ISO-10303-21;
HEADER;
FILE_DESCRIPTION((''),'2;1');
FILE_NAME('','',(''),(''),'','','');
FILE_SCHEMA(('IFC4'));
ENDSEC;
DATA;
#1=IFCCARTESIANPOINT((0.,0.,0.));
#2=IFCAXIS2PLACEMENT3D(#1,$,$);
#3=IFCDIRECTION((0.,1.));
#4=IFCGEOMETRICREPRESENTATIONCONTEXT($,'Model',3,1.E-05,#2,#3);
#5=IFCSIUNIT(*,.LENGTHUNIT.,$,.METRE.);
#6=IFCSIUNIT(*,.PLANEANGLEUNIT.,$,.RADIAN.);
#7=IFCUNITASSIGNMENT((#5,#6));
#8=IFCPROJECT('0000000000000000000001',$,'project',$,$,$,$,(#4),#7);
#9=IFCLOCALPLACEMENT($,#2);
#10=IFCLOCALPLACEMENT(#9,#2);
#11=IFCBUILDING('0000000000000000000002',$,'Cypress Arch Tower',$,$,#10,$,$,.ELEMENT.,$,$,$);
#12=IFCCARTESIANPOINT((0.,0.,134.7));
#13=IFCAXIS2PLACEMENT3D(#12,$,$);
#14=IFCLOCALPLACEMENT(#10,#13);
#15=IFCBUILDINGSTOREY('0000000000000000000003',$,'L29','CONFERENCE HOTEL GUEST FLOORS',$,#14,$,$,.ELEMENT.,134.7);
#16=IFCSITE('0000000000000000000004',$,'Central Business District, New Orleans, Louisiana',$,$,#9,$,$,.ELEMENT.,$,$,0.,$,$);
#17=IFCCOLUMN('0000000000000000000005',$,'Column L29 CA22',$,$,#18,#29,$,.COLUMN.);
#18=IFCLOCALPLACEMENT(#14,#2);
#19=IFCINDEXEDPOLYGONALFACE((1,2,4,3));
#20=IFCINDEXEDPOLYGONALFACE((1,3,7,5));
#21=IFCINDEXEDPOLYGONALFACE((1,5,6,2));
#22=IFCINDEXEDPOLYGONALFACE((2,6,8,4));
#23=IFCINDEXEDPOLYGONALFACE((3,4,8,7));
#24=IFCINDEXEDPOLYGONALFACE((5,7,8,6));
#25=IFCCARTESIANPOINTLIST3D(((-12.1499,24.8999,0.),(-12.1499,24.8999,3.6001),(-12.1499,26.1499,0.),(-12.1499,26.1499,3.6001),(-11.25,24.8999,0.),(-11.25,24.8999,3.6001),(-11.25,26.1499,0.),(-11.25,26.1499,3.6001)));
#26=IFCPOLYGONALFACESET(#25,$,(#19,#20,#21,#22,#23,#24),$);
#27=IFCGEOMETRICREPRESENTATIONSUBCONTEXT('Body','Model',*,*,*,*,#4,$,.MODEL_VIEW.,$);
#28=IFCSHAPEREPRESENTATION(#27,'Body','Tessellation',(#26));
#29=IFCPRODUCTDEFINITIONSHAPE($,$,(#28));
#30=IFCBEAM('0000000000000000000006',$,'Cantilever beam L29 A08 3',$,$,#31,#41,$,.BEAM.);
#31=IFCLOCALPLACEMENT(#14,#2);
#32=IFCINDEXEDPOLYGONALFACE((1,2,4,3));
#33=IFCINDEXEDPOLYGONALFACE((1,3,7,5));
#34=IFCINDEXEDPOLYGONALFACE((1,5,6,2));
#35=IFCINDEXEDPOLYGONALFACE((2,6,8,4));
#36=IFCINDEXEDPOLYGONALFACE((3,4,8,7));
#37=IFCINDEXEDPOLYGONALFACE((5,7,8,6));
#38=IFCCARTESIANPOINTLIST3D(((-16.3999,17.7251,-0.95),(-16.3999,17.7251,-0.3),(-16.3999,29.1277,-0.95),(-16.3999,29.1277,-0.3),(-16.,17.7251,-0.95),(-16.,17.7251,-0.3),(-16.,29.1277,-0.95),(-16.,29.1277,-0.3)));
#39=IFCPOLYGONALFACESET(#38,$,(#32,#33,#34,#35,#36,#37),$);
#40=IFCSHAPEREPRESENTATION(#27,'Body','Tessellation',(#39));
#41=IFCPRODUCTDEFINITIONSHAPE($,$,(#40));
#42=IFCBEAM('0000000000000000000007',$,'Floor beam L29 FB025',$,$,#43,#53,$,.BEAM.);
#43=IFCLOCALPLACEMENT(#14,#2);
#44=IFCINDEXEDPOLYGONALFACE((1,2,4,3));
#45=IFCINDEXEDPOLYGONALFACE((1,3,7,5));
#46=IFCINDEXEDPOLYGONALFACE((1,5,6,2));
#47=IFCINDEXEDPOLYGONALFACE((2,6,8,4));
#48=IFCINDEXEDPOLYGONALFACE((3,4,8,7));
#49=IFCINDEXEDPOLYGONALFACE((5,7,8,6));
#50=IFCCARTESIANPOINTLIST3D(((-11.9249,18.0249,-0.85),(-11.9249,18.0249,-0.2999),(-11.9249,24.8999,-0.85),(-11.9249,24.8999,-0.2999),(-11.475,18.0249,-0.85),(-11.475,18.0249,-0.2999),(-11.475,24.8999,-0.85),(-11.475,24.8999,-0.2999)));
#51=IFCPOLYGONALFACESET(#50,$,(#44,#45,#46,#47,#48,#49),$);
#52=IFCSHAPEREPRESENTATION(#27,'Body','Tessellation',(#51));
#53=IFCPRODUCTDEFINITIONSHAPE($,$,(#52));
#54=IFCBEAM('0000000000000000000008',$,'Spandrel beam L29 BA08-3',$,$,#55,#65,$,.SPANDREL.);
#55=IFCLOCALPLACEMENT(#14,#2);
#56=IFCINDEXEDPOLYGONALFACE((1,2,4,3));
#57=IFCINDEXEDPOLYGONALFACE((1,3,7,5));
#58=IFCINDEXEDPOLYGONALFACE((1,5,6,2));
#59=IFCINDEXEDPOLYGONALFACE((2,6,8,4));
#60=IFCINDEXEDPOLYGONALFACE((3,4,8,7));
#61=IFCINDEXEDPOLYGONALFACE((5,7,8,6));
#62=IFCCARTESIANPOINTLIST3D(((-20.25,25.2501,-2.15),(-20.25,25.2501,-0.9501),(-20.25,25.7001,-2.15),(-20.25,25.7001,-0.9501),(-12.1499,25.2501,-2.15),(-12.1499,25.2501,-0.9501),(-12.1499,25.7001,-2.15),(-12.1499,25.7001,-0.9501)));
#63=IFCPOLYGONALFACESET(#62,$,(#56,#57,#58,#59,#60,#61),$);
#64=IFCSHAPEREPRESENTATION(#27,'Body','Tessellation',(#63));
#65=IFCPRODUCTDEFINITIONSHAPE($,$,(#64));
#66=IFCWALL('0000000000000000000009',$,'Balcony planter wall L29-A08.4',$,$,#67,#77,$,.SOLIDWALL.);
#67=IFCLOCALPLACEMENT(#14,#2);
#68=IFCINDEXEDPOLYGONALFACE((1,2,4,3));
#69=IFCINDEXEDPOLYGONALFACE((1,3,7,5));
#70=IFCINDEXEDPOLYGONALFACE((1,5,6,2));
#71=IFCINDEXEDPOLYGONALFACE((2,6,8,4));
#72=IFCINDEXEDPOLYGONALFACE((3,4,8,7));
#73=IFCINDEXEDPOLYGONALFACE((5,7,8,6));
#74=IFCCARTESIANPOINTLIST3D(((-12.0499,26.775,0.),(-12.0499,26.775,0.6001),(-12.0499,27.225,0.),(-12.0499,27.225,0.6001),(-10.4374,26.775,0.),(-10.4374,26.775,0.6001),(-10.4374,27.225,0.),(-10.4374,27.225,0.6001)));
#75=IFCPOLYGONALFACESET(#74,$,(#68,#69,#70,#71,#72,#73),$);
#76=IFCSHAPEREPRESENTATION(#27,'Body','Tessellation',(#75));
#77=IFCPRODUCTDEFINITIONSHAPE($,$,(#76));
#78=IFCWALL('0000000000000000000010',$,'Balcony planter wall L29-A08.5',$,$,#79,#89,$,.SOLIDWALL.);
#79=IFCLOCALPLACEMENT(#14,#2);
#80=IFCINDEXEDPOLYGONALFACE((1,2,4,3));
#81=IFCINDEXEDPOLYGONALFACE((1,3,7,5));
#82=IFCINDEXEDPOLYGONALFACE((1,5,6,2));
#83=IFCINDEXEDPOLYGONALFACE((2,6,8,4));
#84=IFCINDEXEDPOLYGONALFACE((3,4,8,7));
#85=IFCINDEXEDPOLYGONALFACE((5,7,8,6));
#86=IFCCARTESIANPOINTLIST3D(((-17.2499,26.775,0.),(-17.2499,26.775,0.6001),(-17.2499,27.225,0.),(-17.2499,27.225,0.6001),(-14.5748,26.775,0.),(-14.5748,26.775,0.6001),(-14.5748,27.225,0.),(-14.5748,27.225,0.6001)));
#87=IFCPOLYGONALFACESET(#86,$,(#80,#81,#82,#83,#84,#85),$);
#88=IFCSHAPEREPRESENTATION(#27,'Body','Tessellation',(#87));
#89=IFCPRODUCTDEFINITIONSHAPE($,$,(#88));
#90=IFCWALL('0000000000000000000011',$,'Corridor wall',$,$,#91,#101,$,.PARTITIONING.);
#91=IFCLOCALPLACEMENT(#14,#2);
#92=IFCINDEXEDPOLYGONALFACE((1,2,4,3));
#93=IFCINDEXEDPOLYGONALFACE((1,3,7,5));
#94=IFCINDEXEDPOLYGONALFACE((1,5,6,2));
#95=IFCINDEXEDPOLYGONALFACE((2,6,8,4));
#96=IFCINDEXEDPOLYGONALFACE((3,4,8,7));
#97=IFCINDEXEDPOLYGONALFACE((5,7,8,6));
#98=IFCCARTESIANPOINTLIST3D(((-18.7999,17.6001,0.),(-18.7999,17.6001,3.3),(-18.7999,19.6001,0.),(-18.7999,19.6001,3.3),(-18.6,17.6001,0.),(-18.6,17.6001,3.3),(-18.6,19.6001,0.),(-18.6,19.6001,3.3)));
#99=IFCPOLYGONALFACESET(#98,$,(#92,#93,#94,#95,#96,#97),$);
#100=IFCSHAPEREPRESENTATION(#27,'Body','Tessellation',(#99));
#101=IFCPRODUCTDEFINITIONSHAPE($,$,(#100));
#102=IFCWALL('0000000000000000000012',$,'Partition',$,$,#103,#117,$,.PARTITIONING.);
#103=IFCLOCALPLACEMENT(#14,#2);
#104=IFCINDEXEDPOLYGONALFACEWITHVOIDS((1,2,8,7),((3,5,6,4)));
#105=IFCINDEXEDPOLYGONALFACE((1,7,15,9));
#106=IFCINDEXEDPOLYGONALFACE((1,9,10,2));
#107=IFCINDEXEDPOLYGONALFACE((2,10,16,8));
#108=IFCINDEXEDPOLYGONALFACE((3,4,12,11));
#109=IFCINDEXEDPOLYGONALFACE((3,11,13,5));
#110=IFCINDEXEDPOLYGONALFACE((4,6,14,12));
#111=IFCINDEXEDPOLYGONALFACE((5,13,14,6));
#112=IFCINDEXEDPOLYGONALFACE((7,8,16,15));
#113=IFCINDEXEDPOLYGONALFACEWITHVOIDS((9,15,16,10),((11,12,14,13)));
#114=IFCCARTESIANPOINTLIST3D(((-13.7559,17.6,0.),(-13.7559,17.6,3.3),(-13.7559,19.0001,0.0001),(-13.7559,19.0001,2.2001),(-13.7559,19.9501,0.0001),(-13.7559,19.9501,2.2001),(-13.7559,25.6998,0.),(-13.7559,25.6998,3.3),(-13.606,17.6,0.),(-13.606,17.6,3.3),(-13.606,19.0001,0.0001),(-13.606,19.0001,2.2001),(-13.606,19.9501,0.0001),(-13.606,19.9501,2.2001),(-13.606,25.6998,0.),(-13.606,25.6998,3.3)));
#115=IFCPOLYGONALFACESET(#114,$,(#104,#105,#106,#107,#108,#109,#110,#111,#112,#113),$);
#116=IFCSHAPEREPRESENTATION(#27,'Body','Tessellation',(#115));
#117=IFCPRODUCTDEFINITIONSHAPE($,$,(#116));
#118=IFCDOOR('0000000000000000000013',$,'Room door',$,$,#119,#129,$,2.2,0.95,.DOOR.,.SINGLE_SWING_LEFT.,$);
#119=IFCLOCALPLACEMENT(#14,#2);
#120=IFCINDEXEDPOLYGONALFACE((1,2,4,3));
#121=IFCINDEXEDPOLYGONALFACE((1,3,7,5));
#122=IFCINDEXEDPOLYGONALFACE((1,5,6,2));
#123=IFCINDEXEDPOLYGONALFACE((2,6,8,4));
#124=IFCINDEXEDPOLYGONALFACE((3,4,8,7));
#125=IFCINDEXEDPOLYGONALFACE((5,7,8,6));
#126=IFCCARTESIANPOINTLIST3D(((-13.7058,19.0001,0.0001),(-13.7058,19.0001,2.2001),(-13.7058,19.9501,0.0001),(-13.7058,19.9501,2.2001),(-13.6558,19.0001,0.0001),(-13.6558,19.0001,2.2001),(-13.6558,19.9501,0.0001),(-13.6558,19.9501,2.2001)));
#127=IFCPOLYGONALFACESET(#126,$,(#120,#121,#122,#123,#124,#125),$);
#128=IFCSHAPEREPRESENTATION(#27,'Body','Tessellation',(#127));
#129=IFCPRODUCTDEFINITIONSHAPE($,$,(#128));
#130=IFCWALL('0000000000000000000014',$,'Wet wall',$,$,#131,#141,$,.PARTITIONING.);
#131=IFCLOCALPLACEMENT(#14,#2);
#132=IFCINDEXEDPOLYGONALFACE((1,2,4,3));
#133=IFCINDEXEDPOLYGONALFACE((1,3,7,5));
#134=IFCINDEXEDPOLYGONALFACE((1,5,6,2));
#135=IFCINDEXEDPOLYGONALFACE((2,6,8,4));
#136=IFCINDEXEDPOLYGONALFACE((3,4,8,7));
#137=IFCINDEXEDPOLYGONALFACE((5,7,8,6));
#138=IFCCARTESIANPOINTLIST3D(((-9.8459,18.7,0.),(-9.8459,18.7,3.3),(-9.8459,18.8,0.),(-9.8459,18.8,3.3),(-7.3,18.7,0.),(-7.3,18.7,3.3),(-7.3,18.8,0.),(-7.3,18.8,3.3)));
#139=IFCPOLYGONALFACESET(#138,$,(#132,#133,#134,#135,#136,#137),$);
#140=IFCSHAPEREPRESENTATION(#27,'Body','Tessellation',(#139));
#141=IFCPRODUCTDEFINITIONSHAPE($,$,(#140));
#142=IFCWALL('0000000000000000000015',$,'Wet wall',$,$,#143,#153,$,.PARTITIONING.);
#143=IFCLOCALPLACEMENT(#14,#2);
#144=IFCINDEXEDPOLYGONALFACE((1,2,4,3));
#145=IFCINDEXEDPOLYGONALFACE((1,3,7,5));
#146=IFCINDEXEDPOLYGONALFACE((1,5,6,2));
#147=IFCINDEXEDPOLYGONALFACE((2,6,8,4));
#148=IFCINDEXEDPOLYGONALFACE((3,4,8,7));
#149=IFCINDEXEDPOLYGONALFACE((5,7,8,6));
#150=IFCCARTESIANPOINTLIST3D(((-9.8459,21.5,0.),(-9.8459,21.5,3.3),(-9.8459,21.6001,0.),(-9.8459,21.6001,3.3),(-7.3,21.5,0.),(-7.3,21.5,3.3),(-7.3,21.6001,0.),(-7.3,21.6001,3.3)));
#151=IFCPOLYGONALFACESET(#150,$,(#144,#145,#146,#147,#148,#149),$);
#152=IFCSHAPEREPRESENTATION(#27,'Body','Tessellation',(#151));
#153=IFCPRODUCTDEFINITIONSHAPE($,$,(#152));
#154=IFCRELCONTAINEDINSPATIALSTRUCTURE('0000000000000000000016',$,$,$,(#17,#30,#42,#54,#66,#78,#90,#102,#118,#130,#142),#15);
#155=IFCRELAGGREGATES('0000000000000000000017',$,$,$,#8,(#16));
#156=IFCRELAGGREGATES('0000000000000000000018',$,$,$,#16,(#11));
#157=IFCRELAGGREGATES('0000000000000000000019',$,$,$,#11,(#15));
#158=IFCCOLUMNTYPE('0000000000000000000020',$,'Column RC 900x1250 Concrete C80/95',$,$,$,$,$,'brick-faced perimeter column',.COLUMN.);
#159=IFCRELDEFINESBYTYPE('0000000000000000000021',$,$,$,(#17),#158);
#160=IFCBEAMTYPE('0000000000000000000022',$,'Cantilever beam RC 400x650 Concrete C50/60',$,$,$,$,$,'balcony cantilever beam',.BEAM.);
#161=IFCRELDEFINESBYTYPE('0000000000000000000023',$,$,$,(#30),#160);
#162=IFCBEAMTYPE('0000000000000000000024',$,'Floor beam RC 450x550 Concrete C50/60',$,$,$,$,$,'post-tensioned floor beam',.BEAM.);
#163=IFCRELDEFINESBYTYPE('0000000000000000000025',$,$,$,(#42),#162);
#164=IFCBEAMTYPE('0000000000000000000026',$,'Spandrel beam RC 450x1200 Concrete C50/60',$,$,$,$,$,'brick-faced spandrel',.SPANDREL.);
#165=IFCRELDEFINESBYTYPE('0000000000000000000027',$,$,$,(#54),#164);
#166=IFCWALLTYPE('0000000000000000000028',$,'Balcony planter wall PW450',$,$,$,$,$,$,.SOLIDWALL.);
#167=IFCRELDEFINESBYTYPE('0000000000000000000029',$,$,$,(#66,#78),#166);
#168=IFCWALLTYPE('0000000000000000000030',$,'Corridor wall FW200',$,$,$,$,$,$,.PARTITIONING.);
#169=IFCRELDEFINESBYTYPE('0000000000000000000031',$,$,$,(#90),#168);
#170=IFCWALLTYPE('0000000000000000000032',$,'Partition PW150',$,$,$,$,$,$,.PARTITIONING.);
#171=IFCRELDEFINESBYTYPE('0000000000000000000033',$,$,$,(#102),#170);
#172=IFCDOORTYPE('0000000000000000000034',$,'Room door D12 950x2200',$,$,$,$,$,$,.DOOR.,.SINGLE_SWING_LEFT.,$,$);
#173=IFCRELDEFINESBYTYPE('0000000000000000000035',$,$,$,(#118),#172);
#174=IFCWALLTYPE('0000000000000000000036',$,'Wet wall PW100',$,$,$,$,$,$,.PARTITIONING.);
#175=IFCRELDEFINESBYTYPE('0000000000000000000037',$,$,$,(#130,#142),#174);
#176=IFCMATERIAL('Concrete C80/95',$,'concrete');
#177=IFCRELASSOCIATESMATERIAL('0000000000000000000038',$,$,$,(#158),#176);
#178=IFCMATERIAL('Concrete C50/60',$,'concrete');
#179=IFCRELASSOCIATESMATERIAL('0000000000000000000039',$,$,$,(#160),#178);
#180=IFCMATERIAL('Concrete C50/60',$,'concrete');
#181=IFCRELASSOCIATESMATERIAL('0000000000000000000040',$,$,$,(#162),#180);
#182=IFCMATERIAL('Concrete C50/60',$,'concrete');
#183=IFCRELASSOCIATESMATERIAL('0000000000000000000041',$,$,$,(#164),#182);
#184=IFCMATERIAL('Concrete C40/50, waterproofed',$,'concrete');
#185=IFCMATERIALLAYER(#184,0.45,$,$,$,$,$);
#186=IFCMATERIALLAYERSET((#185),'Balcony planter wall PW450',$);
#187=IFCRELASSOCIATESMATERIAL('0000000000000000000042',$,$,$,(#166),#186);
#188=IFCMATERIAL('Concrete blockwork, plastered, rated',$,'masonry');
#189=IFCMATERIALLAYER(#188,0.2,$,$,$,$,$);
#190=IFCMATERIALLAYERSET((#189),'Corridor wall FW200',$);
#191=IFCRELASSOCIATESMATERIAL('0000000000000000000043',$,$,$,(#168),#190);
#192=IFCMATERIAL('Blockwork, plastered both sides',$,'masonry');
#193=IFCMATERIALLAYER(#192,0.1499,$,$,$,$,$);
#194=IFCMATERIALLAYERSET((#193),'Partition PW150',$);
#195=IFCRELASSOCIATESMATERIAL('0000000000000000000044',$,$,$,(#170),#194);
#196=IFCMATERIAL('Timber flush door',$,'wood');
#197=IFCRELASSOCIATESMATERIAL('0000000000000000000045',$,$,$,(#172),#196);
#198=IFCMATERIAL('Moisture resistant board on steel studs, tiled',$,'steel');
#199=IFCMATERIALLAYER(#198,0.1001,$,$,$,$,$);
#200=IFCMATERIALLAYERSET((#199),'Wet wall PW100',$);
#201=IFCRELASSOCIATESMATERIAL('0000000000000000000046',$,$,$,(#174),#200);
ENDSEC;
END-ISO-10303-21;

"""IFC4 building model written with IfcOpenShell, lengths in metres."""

from ifc_helpers import new_model, si_unit, direction, frame, frame_2d, origin, origin_2d, place, context, subcontext, project, spatial, rectangle, extrude, material, layer, layer_set, material_profile, profile_set, type_object, element, fill, save


model = new_model("IFC4")

# Units and contexts
model_context = context("Model", 3, precision=1e-05, world=origin(), true_north=direction((0.0, 1.0)))
body_context = subcontext(model_context, "Body", "Model", "MODEL_VIEW")
ifc_project = project(units=[si_unit("LENGTHUNIT", "METRE"), si_unit("PLANEANGLEUNIT", "RADIAN")], contexts=[model_context])

# Site, building, storey
site_placement = place(None, origin())
site = spatial("IfcSite", under=ifc_project, at=site_placement, Name="Central Business District, New Orleans, Louisiana", CompositionType="ELEMENT", RefElevation=0.0)
building_placement = place(site_placement, origin())
building = spatial("IfcBuilding", under=site, at=building_placement, Name="Cypress Arch Tower", CompositionType="ELEMENT")
storey_placement = place(building_placement, frame((0.0, 0.0, 134.7)))
storey = spatial("IfcBuildingStorey", under=building, at=storey_placement, Name="L29", Description="CONFERENCE HOTEL GUEST FLOORS", CompositionType="ELEMENT", Elevation=134.7)

# Column
ifc_material_1 = material(Name="Concrete C80/95", Category="concrete")
ifc_material_profile_1 = material_profile(ifc_material_1, rectangle(XDim=0.8999, YDim=1.25, at=origin_2d()), Name="RC 900x1250")
ifc_profile_set_1 = profile_set([ifc_material_profile_1], Name="Concrete C80/95")
column_type = type_object("IfcColumnType", Name="Column RC 900x1250 Concrete C80/95", ElementType="brick-faced perimeter column", PredefinedType="COLUMN", material=ifc_profile_set_1)
column_placement = place(storey_placement, frame((-11.7, 25.5249, 0.0), z_axis=(0.0, 0.0, 1.0), x_axis=(-1.0, 0.0, 0.0)))
element("IfcColumn", 1, at=column_placement, inside=storey, type_object=column_type, Name="Column L29 CA22", PredefinedType="COLUMN", context=body_context, shape_type="SweptSolid", body=[
    extrude(rectangle(XDim=0.8999, YDim=1.25, at=origin_2d()), origin(), (0.0, 0.0, 1.0), 3.6001),
])

# Beams
ifc_material_2 = material(Name="Concrete C50/60", Category="concrete")
ifc_material_profile_2 = material_profile(ifc_material_2, rectangle(XDim=0.3999, YDim=0.6499, at=origin_2d()), Name="RC 400x650")
ifc_profile_set_2 = profile_set([ifc_material_profile_2], Name="Concrete C50/60")
beam_type_1 = type_object("IfcBeamType", Name="Cantilever beam RC 400x650 Concrete C50/60", ElementType="balcony cantilever beam", PredefinedType="BEAM", material=ifc_profile_set_2)
beam_1_placement = place(storey_placement, frame((-16.2, 17.7251, -0.625), z_axis=(0.0, 1.0, 0.0), x_axis=(-1.0, 0.0, 0.0)))
element("IfcBeam", 2, at=beam_1_placement, inside=storey, type_object=beam_type_1, Name="Cantilever beam L29 A08 3", PredefinedType="BEAM", context=body_context, shape_type="SweptSolid", body=[
    extrude(rectangle(XDim=0.3999, YDim=0.6499, at=origin_2d()), origin(), (0.0, 0.0, 1.0), 11.4026),
])
ifc_material_3 = material(Name="Concrete C50/60", Category="concrete")
ifc_material_profile_3 = material_profile(ifc_material_3, rectangle(XDim=0.45, YDim=0.55, at=origin_2d()), Name="RC 450x550")
ifc_profile_set_3 = profile_set([ifc_material_profile_3], Name="Concrete C50/60")
beam_type_2 = type_object("IfcBeamType", Name="Floor beam RC 450x550 Concrete C50/60", ElementType="post-tensioned floor beam", PredefinedType="BEAM", material=ifc_profile_set_3)
beam_2_placement = place(storey_placement, frame((-11.7, 18.0249, -0.575), z_axis=(0.0, 1.0, 0.0), x_axis=(-1.0, 0.0, 0.0)))
element("IfcBeam", 3, at=beam_2_placement, inside=storey, type_object=beam_type_2, Name="Floor beam L29 FB025", PredefinedType="BEAM", context=body_context, shape_type="SweptSolid", body=[
    extrude(rectangle(XDim=0.45, YDim=0.55, at=origin_2d()), origin(), (0.0, 0.0, 1.0), 6.875),
])
ifc_material_4 = material(Name="Concrete C50/60", Category="concrete")
ifc_material_profile_4 = material_profile(ifc_material_4, rectangle(XDim=0.45, YDim=1.2, at=origin_2d()), Name="RC 450x1200")
ifc_profile_set_4 = profile_set([ifc_material_profile_4], Name="Concrete C50/60")
beam_type_3 = type_object("IfcBeamType", Name="Spandrel beam RC 450x1200 Concrete C50/60", ElementType="brick-faced spandrel", PredefinedType="SPANDREL", material=ifc_profile_set_4)
beam_3_placement = place(storey_placement, frame((-12.1499, 25.4751, -1.55), z_axis=(-1.0, 0.0, 0.0), x_axis=(0.0, -1.0, 0.0)))
element("IfcBeam", 4, at=beam_3_placement, inside=storey, type_object=beam_type_3, Name="Spandrel beam L29 BA08-3", PredefinedType="SPANDREL", context=body_context, shape_type="SweptSolid", body=[
    extrude(rectangle(XDim=0.45, YDim=1.2, at=origin_2d()), origin(), (0.0, 0.0, 1.0), 8.1001),
])

# Walls
ifc_material_5 = material(Name="Concrete C40/50, waterproofed", Category="concrete")
ifc_layer_1 = layer(ifc_material_5, 0.45)
ifc_layer_set_1 = layer_set([ifc_layer_1], Name="Balcony planter wall PW450")
wall_type_1 = type_object("IfcWallType", Name="Balcony planter wall PW450", PredefinedType="SOLIDWALL", material=ifc_layer_set_1)
wall_1_placement = place(storey_placement, frame((-10.4375, 27.0, 0.0), z_axis=(0.0, 0.0, 1.0), x_axis=(-1.0, 0.0, 0.0)))
element("IfcWall", 5, at=wall_1_placement, inside=storey, type_object=wall_type_1, Name="Balcony planter wall L29-A08.4", PredefinedType="SOLIDWALL", context=body_context, shape_type="SweptSolid", body=[
    extrude(rectangle(XDim=1.6125, YDim=0.45, at=frame_2d((0.8062, 0.0))), origin(), (0.0, 0.0, 1.0), 0.6001),
])
wall_2_placement = place(storey_placement, frame((-14.575, 27.0, 0.0), z_axis=(0.0, 0.0, 1.0), x_axis=(-1.0, 0.0, 0.0)))
element("IfcWall", 6, at=wall_2_placement, inside=storey, type_object=wall_type_1, Name="Balcony planter wall L29-A08.5", PredefinedType="SOLIDWALL", context=body_context, shape_type="SweptSolid", body=[
    extrude(rectangle(XDim=2.675, YDim=0.45, at=frame_2d((1.3374, 0.0))), origin(), (0.0, 0.0, 1.0), 0.6001),
])

# Wall
ifc_material_6 = material(Name="Concrete blockwork, plastered, rated", Category="masonry")
ifc_layer_2 = layer(ifc_material_6, 0.2)
ifc_layer_set_2 = layer_set([ifc_layer_2], Name="Corridor wall FW200")
wall_type_2 = type_object("IfcWallType", Name="Corridor wall FW200", PredefinedType="PARTITIONING", material=ifc_layer_set_2)
wall_3_placement = place(storey_placement, frame((-18.7, 17.6001, 0.0), z_axis=(0.0, 0.0, 1.0), x_axis=(0.0, 1.0, 0.0)))
element("IfcWall", 7, at=wall_3_placement, inside=storey, type_object=wall_type_2, Name="Corridor wall", PredefinedType="PARTITIONING", context=body_context, shape_type="SweptSolid", body=[
    extrude(rectangle(XDim=2.0, YDim=0.2, at=frame_2d((1.0, 0.0))), origin(), (0.0, 0.0, 1.0), 3.3),
])

# Wall, opening, door
ifc_material_7 = material(Name="Blockwork, plastered both sides", Category="masonry")
ifc_layer_3 = layer(ifc_material_7, 0.1499)
ifc_layer_set_3 = layer_set([ifc_layer_3], Name="Partition PW150")
wall_type_3 = type_object("IfcWallType", Name="Partition PW150", PredefinedType="PARTITIONING", material=ifc_layer_set_3)
wall_4_placement = place(storey_placement, frame((-13.6809, 17.6001, 0.0), z_axis=(0.0, 0.0, 1.0), x_axis=(0.0, 1.0, 0.0)))
wall_4 = element("IfcWall", 8, at=wall_4_placement, inside=storey, type_object=wall_type_3, Name="Partition", PredefinedType="PARTITIONING", context=body_context, shape_type="SweptSolid", body=[
    extrude(rectangle(XDim=8.0999, YDim=0.1499, at=frame_2d((4.0498, 0.0))), origin(), (0.0, 0.0, 1.0), 3.3),
])
opening_1_placement = place(wall_4_placement, frame((1.3999, 0.0, 0.0)))
opening_1 = element("IfcOpeningElement", 9, at=opening_1_placement, cuts=wall_4, PredefinedType="OPENING", context=body_context, shape_type="SweptSolid", body=[
    extrude(rectangle(XDim=0.95, YDim=2.2, at=frame_2d((0.4751, 1.1001))), frame((0.0, 0.085, 0.0), z_axis=(0.0, -1.0, 0.0), x_axis=(1.0, 0.0, 0.0)), (0.0, 0.0, 1.0), 0.1699),
])
ifc_material_8 = material(Name="Timber flush door", Category="wood")
door_type_1 = type_object("IfcDoorType", Name="Room door D12 950x2200", OperationType="SINGLE_SWING_LEFT", PredefinedType="DOOR", material=ifc_material_8)
door_1_placement = place(opening_1_placement, origin())
door_1 = element("IfcDoor", 10, at=door_1_placement, inside=storey, type_object=door_type_1, Name="Room door", OperationType="SINGLE_SWING_LEFT", OverallHeight=2.2, OverallWidth=0.95, PredefinedType="DOOR", context=body_context, shape_type="SweptSolid", body=[
    extrude(rectangle(XDim=0.95, YDim=2.2, at=frame_2d((0.4751, 1.1001))), frame((0.0, 0.0249, 0.0), z_axis=(0.0, -1.0, 0.0), x_axis=(1.0, 0.0, 0.0)), (0.0, 0.0, 1.0), 0.05),
])
fill(opening_1, door_1)

# Walls
ifc_material_9 = material(Name="Moisture resistant board on steel studs, tiled", Category="steel")
ifc_layer_4 = layer(ifc_material_9, 0.1001)
ifc_layer_set_4 = layer_set([ifc_layer_4], Name="Wet wall PW100")
wall_type_4 = type_object("IfcWallType", Name="Wet wall PW100", PredefinedType="PARTITIONING", material=ifc_layer_set_4)
for number, where, z_axis, x_axis, name in (
    (11, (-9.8459, 18.75, 0.0), (0.0, 0.0, 1.0), (1.0, 0.0, 0.0), "Wet wall"),
    (12, (-9.8459, 21.55, 0.0), (0.0, 0.0, 1.0), (1.0, 0.0, 0.0), "Wet wall"),
):
    element("IfcWall", number, at=place(storey_placement, frame(where, z_axis=z_axis, x_axis=x_axis)), inside=storey, type_object=wall_type_4, Name=name, PredefinedType="PARTITIONING", context=body_context, shape_type="SweptSolid", body=[
        extrude(rectangle(XDim=2.5459, YDim=0.1001, at=frame_2d((1.2729, 0.0))), origin(), (0.0, 0.0, 1.0), 3.3),
    ])

save(model, "model.ifc")
